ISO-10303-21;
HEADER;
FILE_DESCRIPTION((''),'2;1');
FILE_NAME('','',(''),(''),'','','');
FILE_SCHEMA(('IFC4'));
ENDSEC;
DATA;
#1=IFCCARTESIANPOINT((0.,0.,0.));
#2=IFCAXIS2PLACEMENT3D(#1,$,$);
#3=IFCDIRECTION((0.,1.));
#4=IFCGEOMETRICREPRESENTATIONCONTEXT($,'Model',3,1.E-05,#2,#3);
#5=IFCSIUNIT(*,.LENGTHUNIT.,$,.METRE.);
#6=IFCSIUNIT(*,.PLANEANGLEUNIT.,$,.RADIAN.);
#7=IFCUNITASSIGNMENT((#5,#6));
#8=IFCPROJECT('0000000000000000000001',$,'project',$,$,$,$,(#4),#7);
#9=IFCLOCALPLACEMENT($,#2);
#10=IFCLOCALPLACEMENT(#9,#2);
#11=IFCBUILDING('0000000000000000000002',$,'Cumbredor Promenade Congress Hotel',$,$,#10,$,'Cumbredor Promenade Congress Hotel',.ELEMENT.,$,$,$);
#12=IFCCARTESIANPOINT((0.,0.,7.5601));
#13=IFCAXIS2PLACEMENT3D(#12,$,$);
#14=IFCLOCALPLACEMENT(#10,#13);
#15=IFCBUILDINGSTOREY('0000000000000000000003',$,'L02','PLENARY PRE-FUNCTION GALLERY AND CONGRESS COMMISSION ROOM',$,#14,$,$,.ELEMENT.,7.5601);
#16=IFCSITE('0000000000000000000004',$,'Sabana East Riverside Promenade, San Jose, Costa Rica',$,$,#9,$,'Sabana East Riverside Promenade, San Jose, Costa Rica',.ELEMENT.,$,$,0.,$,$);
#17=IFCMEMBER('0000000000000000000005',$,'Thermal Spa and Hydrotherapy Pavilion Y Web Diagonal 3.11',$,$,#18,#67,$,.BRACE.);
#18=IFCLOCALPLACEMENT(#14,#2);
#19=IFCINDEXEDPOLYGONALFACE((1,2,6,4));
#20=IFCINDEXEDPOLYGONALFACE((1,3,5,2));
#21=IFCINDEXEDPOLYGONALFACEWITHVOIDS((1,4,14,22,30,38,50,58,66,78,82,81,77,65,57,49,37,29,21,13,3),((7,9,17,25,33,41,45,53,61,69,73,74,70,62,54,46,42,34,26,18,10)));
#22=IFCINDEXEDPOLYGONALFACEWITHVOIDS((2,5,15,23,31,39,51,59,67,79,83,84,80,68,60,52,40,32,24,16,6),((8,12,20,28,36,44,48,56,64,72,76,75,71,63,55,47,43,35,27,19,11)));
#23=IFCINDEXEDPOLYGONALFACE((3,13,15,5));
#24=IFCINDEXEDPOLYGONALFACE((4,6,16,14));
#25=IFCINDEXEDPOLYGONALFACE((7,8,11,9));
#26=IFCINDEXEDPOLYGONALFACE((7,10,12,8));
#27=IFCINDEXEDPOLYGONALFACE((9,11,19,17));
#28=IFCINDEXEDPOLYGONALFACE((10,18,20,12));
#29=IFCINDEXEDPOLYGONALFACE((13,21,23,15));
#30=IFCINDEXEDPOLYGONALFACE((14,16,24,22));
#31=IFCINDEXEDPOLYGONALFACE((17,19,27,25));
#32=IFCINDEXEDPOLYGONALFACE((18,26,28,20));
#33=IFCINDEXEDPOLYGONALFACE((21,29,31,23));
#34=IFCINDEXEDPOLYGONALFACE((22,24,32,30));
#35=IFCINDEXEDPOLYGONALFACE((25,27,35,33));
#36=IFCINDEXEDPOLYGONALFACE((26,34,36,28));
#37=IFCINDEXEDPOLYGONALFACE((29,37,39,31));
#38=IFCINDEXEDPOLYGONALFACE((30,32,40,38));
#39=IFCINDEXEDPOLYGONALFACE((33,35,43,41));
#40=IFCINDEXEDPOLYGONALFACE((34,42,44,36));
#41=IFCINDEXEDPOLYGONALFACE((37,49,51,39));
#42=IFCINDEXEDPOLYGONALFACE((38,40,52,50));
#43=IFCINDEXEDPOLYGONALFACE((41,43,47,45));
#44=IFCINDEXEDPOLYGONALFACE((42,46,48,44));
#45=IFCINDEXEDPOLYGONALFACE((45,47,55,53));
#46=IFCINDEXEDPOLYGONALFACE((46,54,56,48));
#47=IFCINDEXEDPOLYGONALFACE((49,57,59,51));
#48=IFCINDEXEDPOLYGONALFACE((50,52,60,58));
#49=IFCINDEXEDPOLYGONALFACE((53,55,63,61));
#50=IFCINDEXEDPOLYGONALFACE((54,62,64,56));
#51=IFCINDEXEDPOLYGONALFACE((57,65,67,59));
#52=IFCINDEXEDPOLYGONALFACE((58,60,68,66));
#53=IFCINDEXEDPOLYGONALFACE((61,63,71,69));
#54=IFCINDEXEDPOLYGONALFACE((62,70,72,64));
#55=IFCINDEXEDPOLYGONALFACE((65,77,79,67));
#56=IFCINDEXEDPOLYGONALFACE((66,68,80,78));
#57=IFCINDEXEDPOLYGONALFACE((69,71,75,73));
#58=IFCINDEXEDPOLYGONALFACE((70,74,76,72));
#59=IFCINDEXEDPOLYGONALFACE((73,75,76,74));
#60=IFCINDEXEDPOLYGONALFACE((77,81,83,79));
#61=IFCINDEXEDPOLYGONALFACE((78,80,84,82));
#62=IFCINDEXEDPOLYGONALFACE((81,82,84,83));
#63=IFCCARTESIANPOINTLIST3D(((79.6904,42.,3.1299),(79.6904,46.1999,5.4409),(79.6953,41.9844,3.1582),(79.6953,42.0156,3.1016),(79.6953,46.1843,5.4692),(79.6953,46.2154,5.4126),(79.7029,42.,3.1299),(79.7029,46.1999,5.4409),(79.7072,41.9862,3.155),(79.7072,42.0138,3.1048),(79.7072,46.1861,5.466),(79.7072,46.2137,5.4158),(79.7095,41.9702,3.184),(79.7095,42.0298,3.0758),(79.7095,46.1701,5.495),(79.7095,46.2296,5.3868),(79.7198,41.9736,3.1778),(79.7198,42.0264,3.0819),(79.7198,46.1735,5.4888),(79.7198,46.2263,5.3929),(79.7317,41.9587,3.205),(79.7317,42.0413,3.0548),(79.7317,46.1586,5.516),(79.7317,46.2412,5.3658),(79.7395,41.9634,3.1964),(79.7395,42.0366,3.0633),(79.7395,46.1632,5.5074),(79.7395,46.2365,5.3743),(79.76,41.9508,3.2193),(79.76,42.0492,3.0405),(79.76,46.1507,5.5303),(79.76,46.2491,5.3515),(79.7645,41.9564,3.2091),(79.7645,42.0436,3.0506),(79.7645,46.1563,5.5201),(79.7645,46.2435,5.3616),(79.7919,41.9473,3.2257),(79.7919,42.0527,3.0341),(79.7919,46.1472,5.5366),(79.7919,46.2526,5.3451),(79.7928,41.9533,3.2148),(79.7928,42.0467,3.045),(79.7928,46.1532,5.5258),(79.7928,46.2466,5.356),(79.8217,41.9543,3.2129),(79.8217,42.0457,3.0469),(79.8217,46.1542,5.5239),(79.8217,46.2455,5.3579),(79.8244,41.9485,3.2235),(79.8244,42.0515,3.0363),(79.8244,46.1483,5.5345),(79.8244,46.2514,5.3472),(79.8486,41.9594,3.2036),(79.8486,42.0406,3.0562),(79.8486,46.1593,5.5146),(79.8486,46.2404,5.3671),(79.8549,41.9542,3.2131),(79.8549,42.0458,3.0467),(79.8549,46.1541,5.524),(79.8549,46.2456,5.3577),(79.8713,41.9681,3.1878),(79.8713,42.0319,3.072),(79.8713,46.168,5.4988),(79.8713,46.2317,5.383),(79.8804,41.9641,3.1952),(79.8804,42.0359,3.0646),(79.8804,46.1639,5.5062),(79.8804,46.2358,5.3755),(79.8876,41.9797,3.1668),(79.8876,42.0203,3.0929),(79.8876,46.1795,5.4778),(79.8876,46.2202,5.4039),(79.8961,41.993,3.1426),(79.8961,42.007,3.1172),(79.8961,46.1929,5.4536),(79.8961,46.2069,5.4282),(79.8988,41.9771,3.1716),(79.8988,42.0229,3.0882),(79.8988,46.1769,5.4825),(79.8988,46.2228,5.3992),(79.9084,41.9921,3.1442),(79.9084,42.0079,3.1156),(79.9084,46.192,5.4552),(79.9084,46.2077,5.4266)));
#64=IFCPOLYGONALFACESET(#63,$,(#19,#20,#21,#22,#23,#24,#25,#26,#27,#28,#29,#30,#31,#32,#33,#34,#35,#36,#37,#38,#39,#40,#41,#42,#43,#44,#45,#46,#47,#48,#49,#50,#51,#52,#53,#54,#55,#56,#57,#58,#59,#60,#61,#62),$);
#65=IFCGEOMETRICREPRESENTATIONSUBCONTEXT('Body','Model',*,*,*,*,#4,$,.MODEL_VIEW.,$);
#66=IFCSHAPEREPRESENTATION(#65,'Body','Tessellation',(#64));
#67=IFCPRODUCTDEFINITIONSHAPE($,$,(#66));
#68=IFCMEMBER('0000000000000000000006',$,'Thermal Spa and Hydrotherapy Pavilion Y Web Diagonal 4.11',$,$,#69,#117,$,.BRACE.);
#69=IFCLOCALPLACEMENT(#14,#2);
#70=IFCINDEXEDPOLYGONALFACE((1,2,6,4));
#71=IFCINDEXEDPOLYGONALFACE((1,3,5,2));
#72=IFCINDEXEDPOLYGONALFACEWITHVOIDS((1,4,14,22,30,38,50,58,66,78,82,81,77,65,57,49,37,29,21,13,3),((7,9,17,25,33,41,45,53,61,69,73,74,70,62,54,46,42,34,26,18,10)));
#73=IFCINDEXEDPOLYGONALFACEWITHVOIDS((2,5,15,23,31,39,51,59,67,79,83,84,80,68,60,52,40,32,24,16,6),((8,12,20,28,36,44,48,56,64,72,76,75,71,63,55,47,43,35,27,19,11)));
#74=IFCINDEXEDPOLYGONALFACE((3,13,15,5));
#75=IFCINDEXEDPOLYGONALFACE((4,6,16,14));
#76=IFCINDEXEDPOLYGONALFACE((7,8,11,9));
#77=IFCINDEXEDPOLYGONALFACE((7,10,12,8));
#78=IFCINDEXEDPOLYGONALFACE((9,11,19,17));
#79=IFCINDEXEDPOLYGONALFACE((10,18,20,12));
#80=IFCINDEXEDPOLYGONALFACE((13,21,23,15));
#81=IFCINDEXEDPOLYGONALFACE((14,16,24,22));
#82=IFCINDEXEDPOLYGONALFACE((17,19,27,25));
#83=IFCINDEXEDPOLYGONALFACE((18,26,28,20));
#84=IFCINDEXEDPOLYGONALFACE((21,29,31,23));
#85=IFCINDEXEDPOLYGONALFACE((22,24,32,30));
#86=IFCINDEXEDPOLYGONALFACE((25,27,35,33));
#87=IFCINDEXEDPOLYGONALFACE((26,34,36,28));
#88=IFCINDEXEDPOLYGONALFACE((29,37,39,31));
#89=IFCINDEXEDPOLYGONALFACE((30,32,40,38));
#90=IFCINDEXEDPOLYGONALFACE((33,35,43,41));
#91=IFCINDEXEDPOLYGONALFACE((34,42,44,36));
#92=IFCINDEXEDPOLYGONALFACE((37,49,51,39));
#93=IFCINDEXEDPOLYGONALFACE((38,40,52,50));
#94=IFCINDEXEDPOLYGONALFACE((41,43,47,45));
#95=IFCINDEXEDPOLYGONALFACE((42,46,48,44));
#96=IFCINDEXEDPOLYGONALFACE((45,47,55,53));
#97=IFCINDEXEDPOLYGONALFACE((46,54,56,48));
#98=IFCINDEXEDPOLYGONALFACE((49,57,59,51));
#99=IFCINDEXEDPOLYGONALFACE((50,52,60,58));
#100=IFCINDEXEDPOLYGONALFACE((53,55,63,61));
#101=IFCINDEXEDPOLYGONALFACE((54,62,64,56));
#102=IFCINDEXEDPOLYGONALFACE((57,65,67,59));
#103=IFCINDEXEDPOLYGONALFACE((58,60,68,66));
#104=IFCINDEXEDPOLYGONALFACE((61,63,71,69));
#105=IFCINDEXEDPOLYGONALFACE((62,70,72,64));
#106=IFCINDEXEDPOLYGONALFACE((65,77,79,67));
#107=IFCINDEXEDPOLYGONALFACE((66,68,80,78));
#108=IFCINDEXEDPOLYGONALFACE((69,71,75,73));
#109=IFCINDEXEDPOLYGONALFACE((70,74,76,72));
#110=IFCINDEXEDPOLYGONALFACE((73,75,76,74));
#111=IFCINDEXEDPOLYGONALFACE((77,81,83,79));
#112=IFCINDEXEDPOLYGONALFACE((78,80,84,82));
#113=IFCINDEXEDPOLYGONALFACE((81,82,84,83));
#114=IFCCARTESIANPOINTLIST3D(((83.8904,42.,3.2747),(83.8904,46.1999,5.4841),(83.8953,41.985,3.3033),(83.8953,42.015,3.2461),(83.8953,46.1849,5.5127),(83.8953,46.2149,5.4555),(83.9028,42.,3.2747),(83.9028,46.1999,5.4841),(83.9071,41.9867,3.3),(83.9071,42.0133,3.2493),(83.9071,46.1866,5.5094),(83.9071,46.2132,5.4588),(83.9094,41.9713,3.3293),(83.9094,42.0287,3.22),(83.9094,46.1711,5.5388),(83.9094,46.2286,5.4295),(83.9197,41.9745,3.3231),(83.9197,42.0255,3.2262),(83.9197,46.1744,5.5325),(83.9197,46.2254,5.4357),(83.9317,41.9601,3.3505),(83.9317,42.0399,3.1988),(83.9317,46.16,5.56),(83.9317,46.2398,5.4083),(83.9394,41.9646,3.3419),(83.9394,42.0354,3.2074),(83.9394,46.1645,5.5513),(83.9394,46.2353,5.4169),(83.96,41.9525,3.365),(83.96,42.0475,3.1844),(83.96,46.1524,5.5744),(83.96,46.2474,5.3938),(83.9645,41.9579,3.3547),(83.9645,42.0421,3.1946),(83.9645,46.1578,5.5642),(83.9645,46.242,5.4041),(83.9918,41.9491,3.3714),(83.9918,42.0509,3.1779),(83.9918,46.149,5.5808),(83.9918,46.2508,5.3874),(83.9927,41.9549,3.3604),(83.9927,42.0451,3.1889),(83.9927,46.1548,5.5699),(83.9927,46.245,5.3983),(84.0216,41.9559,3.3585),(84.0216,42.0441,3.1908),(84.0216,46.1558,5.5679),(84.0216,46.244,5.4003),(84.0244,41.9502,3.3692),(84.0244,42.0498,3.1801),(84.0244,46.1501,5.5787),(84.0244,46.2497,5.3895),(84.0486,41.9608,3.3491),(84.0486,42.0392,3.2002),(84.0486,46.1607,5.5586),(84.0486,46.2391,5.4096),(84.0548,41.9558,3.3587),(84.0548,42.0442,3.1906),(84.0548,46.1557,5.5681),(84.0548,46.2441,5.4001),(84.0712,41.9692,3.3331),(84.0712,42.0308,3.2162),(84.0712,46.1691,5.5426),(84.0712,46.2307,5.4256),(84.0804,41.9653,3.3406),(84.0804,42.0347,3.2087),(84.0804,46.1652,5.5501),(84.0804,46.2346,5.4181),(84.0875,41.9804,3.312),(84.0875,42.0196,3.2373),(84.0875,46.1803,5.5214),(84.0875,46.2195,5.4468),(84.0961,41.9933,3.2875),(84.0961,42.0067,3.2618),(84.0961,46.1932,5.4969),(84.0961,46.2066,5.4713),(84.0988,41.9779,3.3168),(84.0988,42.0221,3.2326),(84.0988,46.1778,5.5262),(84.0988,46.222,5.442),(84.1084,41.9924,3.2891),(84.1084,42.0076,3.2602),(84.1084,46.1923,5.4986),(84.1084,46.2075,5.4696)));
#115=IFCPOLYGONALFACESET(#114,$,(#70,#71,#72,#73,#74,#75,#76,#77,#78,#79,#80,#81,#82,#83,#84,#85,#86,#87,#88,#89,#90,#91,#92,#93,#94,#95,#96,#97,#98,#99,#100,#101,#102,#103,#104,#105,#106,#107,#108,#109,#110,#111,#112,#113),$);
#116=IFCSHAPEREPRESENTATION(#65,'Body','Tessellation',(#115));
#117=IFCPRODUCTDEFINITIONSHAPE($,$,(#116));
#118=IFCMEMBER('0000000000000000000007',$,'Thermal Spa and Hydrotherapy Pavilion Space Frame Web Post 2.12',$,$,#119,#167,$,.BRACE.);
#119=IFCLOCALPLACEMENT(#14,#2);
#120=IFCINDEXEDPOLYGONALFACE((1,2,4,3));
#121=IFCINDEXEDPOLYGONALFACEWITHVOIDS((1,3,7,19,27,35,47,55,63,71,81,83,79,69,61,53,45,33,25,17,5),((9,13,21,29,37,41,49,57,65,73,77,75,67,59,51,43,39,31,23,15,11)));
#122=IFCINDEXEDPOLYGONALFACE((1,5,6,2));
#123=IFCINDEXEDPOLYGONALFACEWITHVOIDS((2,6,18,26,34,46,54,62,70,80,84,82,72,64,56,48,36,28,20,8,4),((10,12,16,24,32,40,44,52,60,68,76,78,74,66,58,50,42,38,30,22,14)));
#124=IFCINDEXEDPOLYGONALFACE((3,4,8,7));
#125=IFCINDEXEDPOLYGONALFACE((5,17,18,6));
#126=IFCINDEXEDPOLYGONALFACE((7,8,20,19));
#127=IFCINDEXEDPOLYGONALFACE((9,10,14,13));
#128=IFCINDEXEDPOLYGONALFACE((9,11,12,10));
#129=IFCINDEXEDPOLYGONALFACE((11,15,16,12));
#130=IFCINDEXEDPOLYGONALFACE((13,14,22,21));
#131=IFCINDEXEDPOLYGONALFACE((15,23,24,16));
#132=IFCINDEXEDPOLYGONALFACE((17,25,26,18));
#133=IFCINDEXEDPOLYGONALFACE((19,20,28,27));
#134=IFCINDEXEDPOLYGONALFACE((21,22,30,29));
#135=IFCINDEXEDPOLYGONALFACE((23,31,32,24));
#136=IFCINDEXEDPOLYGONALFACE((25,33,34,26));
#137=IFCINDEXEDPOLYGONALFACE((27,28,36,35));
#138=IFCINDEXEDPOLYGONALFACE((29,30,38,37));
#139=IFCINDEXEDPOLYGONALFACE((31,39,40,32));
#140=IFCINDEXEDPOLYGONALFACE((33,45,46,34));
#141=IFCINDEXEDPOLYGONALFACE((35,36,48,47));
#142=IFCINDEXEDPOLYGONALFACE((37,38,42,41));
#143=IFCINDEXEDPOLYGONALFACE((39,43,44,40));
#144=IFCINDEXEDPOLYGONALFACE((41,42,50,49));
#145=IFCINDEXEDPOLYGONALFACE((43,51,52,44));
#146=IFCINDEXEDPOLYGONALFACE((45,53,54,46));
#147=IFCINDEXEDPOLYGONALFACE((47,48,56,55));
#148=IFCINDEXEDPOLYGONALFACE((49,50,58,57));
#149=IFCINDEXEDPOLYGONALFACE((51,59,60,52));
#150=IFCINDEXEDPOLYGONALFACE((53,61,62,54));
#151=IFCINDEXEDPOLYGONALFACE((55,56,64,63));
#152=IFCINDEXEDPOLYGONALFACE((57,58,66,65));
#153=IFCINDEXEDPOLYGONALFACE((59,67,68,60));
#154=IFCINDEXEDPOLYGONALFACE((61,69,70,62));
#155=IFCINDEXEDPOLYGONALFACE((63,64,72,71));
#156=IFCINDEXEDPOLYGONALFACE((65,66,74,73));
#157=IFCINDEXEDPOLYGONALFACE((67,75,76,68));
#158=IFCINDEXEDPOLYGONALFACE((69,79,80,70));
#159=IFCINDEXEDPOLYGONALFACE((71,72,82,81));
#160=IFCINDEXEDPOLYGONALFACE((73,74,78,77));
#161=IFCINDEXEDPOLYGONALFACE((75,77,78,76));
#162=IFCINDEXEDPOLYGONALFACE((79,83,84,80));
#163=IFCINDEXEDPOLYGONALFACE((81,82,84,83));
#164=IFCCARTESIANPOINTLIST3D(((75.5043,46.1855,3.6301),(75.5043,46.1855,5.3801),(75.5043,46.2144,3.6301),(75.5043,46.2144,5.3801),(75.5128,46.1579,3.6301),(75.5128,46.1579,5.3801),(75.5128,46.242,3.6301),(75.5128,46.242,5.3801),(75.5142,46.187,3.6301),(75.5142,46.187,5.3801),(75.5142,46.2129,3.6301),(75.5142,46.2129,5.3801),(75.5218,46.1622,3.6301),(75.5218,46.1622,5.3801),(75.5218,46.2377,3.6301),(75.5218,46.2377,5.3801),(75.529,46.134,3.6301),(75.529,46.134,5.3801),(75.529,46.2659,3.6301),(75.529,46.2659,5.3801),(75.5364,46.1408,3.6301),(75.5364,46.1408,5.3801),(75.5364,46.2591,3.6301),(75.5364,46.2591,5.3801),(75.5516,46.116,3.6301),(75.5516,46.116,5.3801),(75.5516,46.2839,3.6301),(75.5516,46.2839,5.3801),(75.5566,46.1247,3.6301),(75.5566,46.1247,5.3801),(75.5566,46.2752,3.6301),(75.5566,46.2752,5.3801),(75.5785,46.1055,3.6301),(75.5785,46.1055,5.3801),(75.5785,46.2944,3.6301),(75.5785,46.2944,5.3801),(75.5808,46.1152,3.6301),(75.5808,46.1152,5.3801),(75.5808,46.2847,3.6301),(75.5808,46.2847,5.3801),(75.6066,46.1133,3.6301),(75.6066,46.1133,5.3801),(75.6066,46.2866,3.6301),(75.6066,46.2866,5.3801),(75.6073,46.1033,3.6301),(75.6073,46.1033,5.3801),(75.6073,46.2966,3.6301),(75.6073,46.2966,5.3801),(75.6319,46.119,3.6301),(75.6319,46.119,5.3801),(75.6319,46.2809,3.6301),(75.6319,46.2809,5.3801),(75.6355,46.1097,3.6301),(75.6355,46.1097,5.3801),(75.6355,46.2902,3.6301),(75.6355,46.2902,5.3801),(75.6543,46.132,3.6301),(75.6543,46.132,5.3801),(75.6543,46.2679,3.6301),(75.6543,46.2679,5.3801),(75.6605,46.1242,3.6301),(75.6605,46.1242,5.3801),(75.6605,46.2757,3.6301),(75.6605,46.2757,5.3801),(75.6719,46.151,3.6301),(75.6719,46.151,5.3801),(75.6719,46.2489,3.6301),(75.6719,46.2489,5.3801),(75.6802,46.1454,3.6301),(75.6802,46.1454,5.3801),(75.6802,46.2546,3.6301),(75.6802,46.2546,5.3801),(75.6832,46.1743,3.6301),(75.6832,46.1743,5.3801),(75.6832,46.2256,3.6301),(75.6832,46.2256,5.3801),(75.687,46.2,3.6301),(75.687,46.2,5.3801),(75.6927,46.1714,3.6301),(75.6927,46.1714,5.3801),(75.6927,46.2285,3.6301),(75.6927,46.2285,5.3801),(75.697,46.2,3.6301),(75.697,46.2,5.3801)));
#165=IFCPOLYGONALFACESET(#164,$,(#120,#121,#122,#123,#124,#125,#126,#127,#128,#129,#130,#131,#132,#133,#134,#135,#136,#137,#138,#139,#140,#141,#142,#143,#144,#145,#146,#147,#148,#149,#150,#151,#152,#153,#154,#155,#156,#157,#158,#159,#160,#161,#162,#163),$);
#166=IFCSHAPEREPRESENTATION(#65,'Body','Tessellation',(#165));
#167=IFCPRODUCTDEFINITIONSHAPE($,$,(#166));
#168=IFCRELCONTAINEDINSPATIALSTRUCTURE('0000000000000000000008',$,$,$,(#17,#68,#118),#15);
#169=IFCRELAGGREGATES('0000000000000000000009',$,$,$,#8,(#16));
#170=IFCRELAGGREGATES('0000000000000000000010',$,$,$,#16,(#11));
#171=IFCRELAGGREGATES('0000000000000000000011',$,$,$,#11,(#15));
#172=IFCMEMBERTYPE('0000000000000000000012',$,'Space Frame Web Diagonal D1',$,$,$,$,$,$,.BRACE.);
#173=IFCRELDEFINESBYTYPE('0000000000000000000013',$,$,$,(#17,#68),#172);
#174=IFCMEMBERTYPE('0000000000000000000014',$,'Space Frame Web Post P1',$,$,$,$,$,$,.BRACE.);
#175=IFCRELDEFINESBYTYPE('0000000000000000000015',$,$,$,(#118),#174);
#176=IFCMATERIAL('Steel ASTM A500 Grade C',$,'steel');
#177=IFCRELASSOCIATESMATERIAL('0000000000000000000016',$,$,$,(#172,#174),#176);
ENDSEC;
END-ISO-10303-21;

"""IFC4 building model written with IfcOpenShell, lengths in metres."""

from ifc_helpers import new_model, si_unit, direction, frame, origin, origin_2d, place, context, subcontext, project, spatial, hollow_circle, extrude, material, material_profile, profile_set, type_object, element, save


model = new_model("IFC4")

# Units and contexts
model_context = context("Model", 3, precision=1e-05, world=origin(), true_north=direction((0.0, 1.0)))
body_context = subcontext(model_context, "Body", "Model", "MODEL_VIEW")
ifc_project = project(units=[si_unit("LENGTHUNIT", "METRE"), si_unit("PLANEANGLEUNIT", "RADIAN")], contexts=[model_context])

# Site, building, storey
site_placement = place(None, origin())
site = spatial("IfcSite", under=ifc_project, at=site_placement, Name="Sabana East Riverside Promenade, San Jose, Costa Rica", LongName="Sabana East Riverside Promenade, San Jose, Costa Rica", CompositionType="ELEMENT", RefElevation=0.0)
building_placement = place(site_placement, origin())
building = spatial("IfcBuilding", under=site, at=building_placement, Name="Cumbredor Promenade Congress Hotel", LongName="Cumbredor Promenade Congress Hotel", CompositionType="ELEMENT")
storey_placement = place(building_placement, frame((0.0, 0.0, 7.5601)))
storey = spatial("IfcBuildingStorey", under=building, at=storey_placement, Name="L02", Description="PLENARY PRE-FUNCTION GALLERY AND CONGRESS COMMISSION ROOM", CompositionType="ELEMENT", Elevation=7.5601)

# Members
ifc_material_1 = material(Name="Steel ASTM A500 Grade C", Category="steel")
ifc_material_profile_1 = material_profile(ifc_material_1, hollow_circle(Radius=0.1096, WallThickness=0.0125, at=origin_2d()), Name="CHS 219.1x12.5")
ifc_profile_set_1 = profile_set([ifc_material_profile_1], Name="Steel ASTM A500 Grade C")
member_type_1 = type_object("IfcMemberType", Name="Space Frame Web Diagonal D1", PredefinedType="BRACE", material=ifc_profile_set_1)
member_1_placement = place(storey_placement, frame((79.8, 42.0, 3.1299), z_axis=(0.0, 0.876122, 0.482089), x_axis=(-1.0, 0.0, 0.0)))
element("IfcMember", 1, at=member_1_placement, inside=storey, type_object=member_type_1, Name="Thermal Spa and Hydrotherapy Pavilion Y Web Diagonal 3.11", PredefinedType="BRACE", context=body_context, shape_type="SweptSolid", body=[
    extrude(hollow_circle(Radius=0.1096, WallThickness=0.0125, at=origin_2d()), origin(), (0.0, 0.0, 1.0), 4.7937),
])
member_2_placement = place(storey_placement, frame((84.0, 42.0, 3.2747), z_axis=(0.0, 0.885007, 0.465577), x_axis=(-1.0, 0.0, 0.0)))
element("IfcMember", 2, at=member_2_placement, inside=storey, type_object=member_type_1, Name="Thermal Spa and Hydrotherapy Pavilion Y Web Diagonal 4.11", PredefinedType="BRACE", context=body_context, shape_type="SweptSolid", body=[
    extrude(hollow_circle(Radius=0.1096, WallThickness=0.0125, at=origin_2d()), origin(), (0.0, 0.0, 1.0), 4.7456),
])
ifc_material_profile_2 = material_profile(ifc_material_1, hollow_circle(Radius=0.0969, WallThickness=0.01, at=origin_2d()), Name="CHS 193.7x10")
ifc_profile_set_2 = profile_set([ifc_material_profile_2], Name="Steel ASTM A500 Grade C")
member_type_2 = type_object("IfcMemberType", Name="Space Frame Web Post P1", PredefinedType="BRACE", material=ifc_profile_set_2)
for number, where, z_axis, x_axis, name in (
    (3, (75.6001, 46.2, 3.6301), (0.0, 0.0, 1.0), (1.0, 0.0, 0.0), "Thermal Spa and Hydrotherapy Pavilion Space Frame Web Post 2.12"),
):
    element("IfcMember", number, at=place(storey_placement, frame(where, z_axis=z_axis, x_axis=x_axis)), inside=storey, type_object=member_type_2, Name=name, PredefinedType="BRACE", context=body_context, shape_type="SweptSolid", body=[
        extrude(hollow_circle(Radius=0.0969, WallThickness=0.01, at=origin_2d()), origin(), (0.0, 0.0, 1.0), 1.75),
    ])

save(model, "model.ifc")
